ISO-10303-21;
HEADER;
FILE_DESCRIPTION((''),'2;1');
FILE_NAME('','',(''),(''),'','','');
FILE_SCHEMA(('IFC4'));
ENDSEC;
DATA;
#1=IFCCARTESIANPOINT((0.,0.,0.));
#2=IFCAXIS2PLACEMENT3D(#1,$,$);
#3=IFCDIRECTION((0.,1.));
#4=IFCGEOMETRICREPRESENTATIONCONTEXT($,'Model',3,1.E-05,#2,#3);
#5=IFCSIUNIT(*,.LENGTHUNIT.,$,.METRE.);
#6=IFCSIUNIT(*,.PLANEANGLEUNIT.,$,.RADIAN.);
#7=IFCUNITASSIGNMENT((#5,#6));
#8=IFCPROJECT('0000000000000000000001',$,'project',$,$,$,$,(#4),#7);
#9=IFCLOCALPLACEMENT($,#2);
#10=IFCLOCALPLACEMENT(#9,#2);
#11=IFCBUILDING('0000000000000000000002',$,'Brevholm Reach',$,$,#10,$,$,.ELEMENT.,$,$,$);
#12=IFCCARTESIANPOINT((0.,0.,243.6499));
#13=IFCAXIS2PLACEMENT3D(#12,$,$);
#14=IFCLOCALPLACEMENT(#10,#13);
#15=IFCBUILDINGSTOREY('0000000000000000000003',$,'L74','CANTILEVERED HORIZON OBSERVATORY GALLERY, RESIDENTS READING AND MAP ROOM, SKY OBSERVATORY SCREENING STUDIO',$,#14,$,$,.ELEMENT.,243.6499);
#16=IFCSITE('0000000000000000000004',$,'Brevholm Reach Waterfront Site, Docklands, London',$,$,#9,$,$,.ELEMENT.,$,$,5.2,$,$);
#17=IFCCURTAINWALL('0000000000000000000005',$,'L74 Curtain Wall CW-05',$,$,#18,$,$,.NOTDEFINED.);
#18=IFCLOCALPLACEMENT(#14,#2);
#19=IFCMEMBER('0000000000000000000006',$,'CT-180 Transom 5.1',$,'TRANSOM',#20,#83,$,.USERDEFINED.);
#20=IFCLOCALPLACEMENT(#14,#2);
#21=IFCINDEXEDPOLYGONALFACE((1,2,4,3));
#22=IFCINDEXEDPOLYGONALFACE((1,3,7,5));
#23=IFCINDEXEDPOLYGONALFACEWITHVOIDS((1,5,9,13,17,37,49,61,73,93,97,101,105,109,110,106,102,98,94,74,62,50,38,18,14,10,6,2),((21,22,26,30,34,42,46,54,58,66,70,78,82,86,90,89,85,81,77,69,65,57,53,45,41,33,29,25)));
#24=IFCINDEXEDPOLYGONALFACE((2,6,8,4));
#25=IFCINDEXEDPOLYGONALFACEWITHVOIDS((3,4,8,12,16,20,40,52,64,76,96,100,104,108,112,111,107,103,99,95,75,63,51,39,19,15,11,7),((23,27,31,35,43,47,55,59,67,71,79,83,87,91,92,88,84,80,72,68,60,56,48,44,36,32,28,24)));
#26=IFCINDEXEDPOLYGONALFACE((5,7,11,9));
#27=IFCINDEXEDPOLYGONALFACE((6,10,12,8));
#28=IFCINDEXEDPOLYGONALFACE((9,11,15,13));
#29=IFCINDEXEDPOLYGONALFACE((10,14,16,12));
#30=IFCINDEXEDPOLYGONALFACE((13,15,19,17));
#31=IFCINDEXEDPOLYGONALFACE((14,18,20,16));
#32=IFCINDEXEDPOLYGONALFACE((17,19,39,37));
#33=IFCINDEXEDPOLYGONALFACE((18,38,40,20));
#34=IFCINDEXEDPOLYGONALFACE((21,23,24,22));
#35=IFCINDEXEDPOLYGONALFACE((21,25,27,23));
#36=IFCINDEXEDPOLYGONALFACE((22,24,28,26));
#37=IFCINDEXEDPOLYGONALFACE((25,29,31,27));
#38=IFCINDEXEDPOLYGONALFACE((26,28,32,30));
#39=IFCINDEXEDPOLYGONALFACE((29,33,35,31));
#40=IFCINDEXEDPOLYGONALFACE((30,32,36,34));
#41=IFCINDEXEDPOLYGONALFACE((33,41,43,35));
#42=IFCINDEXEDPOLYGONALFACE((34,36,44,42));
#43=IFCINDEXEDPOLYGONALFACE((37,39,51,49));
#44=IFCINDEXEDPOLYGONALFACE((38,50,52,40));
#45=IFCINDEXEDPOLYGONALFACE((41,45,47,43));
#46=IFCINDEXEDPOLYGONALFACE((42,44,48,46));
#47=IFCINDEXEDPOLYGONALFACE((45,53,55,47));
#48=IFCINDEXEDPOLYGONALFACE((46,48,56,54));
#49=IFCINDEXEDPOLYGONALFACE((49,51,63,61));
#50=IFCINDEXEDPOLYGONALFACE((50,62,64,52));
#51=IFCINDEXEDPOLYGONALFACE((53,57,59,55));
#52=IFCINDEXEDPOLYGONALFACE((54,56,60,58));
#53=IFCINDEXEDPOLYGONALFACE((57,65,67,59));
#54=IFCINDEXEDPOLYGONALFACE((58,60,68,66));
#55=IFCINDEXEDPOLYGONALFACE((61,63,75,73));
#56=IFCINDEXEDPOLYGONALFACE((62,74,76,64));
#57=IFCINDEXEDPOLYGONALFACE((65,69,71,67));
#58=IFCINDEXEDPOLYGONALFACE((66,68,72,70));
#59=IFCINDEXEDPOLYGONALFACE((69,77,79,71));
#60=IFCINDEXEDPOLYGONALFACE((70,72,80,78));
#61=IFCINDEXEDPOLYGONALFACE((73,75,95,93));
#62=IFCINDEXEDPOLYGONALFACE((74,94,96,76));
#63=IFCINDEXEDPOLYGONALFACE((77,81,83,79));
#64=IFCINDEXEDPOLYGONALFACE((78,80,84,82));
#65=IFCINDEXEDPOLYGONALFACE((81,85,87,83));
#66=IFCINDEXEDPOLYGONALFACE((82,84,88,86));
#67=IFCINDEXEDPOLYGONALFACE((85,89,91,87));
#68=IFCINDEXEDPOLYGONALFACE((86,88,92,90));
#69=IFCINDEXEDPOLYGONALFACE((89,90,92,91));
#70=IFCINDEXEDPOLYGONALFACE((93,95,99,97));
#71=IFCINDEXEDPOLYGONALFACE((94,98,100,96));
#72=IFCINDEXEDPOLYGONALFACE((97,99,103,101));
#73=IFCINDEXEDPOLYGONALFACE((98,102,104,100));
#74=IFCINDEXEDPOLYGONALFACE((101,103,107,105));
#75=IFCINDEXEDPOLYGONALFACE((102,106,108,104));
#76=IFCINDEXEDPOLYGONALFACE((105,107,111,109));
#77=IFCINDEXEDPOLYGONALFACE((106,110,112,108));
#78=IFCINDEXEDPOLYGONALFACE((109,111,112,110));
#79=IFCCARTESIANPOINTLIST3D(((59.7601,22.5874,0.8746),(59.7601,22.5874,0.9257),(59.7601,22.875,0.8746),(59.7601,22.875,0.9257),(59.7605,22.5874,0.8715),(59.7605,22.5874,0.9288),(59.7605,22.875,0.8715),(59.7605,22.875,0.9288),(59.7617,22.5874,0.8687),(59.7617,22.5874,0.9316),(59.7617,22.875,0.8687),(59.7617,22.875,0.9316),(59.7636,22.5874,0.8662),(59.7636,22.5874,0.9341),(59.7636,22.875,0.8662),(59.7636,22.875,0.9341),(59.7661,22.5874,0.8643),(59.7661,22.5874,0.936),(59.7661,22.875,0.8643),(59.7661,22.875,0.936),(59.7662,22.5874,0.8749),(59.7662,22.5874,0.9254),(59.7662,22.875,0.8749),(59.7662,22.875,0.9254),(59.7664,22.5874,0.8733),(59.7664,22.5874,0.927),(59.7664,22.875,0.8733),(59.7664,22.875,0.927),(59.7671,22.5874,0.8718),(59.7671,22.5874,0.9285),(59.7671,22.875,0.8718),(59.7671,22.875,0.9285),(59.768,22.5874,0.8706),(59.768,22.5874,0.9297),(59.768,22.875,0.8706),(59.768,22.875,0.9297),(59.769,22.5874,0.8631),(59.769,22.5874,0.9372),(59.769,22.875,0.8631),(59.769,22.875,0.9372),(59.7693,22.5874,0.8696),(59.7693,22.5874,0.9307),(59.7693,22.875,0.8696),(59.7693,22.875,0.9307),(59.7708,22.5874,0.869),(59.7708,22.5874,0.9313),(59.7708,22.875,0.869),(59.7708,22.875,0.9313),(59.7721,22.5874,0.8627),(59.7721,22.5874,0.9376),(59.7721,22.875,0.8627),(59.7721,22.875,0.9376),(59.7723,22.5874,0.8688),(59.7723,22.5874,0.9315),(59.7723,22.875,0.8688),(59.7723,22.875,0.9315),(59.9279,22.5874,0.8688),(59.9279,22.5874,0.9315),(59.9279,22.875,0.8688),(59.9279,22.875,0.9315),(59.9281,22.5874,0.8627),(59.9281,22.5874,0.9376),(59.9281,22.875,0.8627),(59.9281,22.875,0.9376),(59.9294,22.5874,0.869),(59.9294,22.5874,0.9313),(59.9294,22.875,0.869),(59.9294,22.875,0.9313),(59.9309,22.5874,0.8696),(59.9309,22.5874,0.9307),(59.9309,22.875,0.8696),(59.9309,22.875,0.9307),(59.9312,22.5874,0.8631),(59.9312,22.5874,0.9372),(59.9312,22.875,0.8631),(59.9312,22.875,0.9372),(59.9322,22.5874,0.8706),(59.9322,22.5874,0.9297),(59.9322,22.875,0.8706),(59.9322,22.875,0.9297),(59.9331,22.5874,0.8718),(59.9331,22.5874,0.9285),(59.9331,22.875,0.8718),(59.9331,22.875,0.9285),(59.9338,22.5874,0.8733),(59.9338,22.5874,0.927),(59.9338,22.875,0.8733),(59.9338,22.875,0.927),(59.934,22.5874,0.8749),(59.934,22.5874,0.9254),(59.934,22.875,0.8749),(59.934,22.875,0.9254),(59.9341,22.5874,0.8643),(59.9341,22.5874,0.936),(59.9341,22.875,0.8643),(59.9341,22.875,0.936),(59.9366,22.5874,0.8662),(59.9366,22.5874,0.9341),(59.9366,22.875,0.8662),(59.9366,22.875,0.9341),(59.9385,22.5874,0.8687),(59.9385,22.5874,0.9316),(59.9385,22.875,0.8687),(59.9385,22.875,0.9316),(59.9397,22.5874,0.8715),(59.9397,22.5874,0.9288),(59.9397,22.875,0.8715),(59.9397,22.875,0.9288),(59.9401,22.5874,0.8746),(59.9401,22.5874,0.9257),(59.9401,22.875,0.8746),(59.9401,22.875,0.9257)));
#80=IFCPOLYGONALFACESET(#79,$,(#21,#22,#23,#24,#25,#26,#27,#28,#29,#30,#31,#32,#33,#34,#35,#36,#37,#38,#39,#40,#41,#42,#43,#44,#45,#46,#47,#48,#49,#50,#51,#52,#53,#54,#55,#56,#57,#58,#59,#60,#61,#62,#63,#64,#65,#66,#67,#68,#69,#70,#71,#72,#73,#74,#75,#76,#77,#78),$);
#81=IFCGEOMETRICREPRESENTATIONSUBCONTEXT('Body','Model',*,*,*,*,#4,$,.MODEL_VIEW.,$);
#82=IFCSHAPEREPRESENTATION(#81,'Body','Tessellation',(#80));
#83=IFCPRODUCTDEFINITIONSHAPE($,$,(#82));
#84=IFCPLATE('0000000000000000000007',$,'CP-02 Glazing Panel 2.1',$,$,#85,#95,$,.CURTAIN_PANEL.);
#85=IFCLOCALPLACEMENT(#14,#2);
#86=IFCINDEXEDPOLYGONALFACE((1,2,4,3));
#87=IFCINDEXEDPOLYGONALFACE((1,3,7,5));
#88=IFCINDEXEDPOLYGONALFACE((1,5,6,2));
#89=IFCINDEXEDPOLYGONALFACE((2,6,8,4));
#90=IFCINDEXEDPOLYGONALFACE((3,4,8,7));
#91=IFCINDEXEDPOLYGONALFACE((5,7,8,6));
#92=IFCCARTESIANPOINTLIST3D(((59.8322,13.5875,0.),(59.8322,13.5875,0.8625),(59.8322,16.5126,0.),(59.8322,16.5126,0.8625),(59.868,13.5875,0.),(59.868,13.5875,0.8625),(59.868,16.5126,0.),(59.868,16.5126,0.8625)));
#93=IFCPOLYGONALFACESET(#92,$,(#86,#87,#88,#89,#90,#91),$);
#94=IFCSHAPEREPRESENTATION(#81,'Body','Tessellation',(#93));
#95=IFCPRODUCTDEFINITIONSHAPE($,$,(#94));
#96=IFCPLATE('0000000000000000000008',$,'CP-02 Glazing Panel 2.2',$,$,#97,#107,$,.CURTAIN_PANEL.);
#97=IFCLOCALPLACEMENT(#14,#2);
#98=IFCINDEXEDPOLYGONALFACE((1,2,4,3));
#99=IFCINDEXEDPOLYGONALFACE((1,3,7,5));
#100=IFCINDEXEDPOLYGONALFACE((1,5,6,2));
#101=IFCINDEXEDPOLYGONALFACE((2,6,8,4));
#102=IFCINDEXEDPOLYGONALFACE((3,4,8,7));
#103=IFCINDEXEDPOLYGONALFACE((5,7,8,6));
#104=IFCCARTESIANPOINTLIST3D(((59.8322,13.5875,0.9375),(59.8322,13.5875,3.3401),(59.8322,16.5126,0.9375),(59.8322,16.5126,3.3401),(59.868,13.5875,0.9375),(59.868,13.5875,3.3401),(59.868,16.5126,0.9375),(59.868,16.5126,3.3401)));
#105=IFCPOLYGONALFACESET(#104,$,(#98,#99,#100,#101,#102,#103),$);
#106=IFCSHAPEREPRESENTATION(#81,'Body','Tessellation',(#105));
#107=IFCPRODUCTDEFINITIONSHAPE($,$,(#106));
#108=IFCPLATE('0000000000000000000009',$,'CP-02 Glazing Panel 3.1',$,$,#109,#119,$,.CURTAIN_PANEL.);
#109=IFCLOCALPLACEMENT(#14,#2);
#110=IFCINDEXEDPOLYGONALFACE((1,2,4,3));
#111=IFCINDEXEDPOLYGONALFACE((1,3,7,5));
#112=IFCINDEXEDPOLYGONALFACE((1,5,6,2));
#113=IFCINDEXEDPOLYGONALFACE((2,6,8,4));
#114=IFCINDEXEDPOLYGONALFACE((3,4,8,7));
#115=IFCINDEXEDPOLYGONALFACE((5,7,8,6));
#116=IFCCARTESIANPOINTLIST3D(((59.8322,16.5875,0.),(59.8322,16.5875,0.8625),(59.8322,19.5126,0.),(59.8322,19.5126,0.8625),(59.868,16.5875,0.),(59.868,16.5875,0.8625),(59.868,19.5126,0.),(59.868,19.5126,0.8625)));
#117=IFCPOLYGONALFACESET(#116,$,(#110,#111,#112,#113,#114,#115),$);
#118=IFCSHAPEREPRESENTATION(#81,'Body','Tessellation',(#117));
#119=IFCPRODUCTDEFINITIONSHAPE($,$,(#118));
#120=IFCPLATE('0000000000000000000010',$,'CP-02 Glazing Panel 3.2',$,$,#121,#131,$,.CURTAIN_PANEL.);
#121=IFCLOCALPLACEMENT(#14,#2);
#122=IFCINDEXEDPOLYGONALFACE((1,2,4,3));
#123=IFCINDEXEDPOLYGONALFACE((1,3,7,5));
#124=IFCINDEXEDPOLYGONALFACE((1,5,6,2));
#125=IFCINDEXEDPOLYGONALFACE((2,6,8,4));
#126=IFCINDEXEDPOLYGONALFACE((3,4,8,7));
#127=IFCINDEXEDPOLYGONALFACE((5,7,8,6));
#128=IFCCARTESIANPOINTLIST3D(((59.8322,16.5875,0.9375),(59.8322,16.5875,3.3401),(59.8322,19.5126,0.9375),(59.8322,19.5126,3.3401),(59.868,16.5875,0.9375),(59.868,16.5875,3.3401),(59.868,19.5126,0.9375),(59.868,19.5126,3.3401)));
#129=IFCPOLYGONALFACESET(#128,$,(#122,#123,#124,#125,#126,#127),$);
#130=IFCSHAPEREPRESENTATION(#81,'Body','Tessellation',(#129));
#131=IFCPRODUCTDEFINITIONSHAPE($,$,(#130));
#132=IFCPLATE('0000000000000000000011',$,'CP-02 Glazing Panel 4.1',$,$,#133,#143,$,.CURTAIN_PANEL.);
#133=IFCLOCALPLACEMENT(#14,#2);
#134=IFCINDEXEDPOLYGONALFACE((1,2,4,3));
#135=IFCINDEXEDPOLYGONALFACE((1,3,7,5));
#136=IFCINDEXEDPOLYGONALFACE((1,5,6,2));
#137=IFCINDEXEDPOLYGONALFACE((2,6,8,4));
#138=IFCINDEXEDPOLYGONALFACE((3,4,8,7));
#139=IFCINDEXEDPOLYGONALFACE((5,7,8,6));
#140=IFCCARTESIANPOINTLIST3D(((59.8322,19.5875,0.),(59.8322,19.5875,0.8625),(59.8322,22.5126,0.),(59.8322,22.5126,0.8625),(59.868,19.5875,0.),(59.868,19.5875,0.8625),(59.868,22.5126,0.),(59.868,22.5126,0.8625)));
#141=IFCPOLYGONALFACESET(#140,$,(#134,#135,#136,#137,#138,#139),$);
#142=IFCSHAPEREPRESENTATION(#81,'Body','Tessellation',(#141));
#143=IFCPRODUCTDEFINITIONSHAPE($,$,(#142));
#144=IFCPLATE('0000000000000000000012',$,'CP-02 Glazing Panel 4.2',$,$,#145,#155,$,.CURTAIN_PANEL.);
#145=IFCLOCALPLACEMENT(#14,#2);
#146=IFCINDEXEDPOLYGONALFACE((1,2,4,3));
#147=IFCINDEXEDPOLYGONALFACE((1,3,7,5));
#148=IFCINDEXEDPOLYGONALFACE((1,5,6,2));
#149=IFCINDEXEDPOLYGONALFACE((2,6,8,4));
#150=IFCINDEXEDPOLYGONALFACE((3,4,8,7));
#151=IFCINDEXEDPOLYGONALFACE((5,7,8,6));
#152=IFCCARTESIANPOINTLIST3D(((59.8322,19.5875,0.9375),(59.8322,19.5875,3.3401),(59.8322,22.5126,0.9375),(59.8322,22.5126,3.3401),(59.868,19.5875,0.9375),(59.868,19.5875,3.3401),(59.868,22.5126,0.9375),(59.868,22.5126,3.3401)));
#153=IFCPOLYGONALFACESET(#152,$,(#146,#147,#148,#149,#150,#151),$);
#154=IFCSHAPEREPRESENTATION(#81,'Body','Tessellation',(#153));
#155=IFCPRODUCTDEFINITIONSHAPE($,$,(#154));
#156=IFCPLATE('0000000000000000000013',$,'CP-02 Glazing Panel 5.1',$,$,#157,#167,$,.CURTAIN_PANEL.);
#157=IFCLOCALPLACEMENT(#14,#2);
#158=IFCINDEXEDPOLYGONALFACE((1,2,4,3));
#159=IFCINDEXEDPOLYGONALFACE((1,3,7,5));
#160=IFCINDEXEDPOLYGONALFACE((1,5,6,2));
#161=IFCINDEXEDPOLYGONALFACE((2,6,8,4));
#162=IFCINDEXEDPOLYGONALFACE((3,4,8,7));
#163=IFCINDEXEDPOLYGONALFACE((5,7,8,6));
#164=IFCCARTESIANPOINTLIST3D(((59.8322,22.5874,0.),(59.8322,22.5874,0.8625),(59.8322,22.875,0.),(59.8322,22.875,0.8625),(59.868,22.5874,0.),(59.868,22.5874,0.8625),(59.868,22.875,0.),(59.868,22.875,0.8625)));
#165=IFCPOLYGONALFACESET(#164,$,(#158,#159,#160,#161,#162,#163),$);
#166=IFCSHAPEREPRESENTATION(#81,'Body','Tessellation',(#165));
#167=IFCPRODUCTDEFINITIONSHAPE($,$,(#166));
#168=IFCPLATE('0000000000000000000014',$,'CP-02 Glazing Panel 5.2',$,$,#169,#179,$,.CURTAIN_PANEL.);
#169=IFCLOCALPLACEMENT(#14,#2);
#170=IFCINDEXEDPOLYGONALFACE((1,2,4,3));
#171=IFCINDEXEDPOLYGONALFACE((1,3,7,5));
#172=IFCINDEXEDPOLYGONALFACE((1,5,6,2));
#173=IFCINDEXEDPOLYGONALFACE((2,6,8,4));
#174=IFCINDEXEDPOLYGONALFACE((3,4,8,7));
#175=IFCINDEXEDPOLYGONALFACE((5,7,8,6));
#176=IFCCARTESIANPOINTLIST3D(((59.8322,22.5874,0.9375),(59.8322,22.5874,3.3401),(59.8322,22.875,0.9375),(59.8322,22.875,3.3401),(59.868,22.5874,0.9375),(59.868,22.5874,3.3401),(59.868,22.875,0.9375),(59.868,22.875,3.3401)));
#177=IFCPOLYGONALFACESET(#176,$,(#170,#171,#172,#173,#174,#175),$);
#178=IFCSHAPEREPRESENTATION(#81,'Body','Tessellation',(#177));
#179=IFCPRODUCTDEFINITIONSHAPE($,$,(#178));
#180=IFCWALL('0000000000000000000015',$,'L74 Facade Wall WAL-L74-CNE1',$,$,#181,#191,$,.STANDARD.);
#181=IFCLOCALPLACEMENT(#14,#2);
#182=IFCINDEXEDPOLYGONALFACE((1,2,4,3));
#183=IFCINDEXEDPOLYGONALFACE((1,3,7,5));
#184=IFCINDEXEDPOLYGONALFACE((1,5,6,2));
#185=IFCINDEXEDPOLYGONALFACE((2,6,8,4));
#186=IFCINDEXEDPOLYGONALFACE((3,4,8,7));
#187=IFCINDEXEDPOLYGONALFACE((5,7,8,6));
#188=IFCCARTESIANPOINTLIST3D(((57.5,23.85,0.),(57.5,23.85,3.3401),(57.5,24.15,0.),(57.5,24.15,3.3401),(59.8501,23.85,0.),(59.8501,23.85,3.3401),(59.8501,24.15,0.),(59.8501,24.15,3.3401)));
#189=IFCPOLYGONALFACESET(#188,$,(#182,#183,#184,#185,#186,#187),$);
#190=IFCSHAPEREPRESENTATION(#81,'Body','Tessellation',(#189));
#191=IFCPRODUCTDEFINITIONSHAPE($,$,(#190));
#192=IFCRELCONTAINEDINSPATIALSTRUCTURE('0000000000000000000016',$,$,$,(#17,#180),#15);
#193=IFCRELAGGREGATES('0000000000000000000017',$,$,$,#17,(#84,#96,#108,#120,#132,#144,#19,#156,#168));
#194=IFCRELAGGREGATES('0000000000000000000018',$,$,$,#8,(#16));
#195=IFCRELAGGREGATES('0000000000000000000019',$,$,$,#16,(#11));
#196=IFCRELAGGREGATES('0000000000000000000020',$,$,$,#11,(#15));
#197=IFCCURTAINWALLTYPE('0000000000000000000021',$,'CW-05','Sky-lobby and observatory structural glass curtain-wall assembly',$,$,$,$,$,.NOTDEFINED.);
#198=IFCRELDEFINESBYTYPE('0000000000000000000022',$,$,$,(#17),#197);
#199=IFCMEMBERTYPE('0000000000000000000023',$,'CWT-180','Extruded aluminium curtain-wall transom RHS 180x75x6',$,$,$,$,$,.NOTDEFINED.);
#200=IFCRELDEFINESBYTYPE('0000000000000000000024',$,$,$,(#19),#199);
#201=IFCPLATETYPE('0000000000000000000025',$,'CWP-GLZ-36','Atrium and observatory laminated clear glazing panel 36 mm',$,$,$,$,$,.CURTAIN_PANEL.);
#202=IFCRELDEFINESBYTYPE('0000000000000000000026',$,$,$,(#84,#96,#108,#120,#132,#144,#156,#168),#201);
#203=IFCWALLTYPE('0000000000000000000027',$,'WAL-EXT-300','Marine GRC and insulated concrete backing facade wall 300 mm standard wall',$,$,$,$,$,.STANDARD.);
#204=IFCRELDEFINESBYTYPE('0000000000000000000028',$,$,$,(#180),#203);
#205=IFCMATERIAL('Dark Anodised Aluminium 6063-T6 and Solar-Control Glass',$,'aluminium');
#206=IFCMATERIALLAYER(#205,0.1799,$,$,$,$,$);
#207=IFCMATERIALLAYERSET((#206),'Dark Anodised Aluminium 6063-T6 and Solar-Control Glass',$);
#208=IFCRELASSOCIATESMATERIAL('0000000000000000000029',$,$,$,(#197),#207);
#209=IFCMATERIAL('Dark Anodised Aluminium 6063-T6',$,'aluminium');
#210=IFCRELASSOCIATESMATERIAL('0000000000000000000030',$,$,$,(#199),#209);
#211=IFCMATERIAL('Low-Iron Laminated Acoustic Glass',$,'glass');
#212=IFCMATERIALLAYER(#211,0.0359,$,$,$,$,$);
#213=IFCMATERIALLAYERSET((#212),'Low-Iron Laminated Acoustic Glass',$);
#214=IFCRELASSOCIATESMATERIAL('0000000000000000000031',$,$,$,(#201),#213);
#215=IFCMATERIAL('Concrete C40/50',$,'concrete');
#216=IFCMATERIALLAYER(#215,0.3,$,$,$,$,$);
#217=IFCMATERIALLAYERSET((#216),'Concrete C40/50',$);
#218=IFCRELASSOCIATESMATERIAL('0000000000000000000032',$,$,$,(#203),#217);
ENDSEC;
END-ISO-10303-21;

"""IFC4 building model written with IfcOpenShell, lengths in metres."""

from ifc_helpers import new_model, si_unit, direction, frame, frame_2d, origin, origin_2d, place, context, subcontext, project, spatial, rectangle, hollow_rectangle, extrude, material, layer, layer_set, material_profile, profile_set, type_object, element, aggregate, save


model = new_model("IFC4")

# Units and contexts
model_context = context("Model", 3, precision=1e-05, world=origin(), true_north=direction((0.0, 1.0)))
body_context = subcontext(model_context, "Body", "Model", "MODEL_VIEW")
ifc_project = project(units=[si_unit("LENGTHUNIT", "METRE"), si_unit("PLANEANGLEUNIT", "RADIAN")], contexts=[model_context])

# Site, building, storey
site_placement = place(None, origin())
site = spatial("IfcSite", under=ifc_project, at=site_placement, Name="Brevholm Reach Waterfront Site, Docklands, London", CompositionType="ELEMENT", RefElevation=5.2)
building_placement = place(site_placement, origin())
building = spatial("IfcBuilding", under=site, at=building_placement, Name="Brevholm Reach", CompositionType="ELEMENT")
storey_placement = place(building_placement, frame((0.0, 0.0, 243.6499)))
storey = spatial("IfcBuildingStorey", under=building, at=storey_placement, Name="L74", Description="CANTILEVERED HORIZON OBSERVATORY GALLERY, RESIDENTS READING AND MAP ROOM, SKY OBSERVATORY SCREENING STUDIO", CompositionType="ELEMENT", Elevation=243.6499)

# Curtain wall, member, plates
ifc_material_1 = material(Name="Dark Anodised Aluminium 6063-T6 and Solar-Control Glass", Category="aluminium")
ifc_layer_1 = layer(ifc_material_1, 0.1799)
ifc_layer_set_1 = layer_set([ifc_layer_1], Name="Dark Anodised Aluminium 6063-T6 and Solar-Control Glass")
curtain_wall_type = type_object("IfcCurtainWallType", Name="CW-05", Description="Sky-lobby and observatory structural glass curtain-wall assembly", PredefinedType="NOTDEFINED", material=ifc_layer_set_1)
curtain_wall_placement = place(storey_placement, origin())
curtain_wall = element("IfcCurtainWall", 1, at=curtain_wall_placement, inside=storey, type_object=curtain_wall_type, Name="L74 Curtain Wall CW-05", PredefinedType="NOTDEFINED")
ifc_material_2 = material(Name="Dark Anodised Aluminium 6063-T6", Category="aluminium")
ifc_material_profile_1 = material_profile(ifc_material_2, hollow_rectangle(XDim=0.075, YDim=0.1799, WallThickness=0.0061, InnerFilletRadius=0.0061, OuterFilletRadius=0.012, at=origin_2d()), Name="RHS 180x75x6")
ifc_profile_set_1 = profile_set([ifc_material_profile_1], Name="Dark Anodised Aluminium 6063-T6")
member_type_1 = type_object("IfcMemberType", Name="CWT-180", Description="Extruded aluminium curtain-wall transom RHS 180x75x6", PredefinedType="NOTDEFINED", material=ifc_profile_set_1)
member_1_placement = place(storey_placement, frame((59.8501, 22.5874, 0.9001), z_axis=(0.0, 1.0, 0.0), x_axis=(0.0, 0.0, 1.0)))
member_1 = element("IfcMember", 2, at=member_1_placement, type_object=member_type_1, Name="CT-180 Transom 5.1", ObjectType="TRANSOM", PredefinedType="USERDEFINED", context=body_context, shape_type="SweptSolid", body=[
    extrude(hollow_rectangle(XDim=0.075, YDim=0.1799, WallThickness=0.0061, InnerFilletRadius=0.0061, OuterFilletRadius=0.012, at=origin_2d()), origin(), (0.0, 0.0, 1.0), 0.2876),
])
ifc_material_3 = material(Name="Low-Iron Laminated Acoustic Glass", Category="glass")
ifc_layer_2 = layer(ifc_material_3, 0.0359)
ifc_layer_set_2 = layer_set([ifc_layer_2], Name="Low-Iron Laminated Acoustic Glass")
plate_type = type_object("IfcPlateType", Name="CWP-GLZ-36", Description="Atrium and observatory laminated clear glazing panel 36 mm", PredefinedType="CURTAIN_PANEL", material=ifc_layer_set_2)
plate_1_placement = place(storey_placement, frame((59.8501, 15.05, 0.0), z_axis=(0.0, 0.0, 1.0), x_axis=(0.0, 1.0, 0.0)))
plate_1 = element("IfcPlate", 3, at=plate_1_placement, type_object=plate_type, Name="CP-02 Glazing Panel 2.1", PredefinedType="CURTAIN_PANEL", context=body_context, shape_type="SweptSolid", body=[
    extrude(rectangle(XDim=2.925, YDim=0.0359, at=origin_2d()), origin(), (0.0, 0.0, 1.0), 0.8625),
])
plate_2_placement = place(storey_placement, frame((59.8501, 15.05, 0.9375), z_axis=(0.0, 0.0, 1.0), x_axis=(0.0, 1.0, 0.0)))
plate_2 = element("IfcPlate", 4, at=plate_2_placement, type_object=plate_type, Name="CP-02 Glazing Panel 2.2", PredefinedType="CURTAIN_PANEL", context=body_context, shape_type="SweptSolid", body=[
    extrude(rectangle(XDim=2.925, YDim=0.0359, at=origin_2d()), origin(), (0.0, 0.0, 1.0), 2.4026),
])
plate_3_placement = place(storey_placement, frame((59.8501, 18.05, 0.0), z_axis=(0.0, 0.0, 1.0), x_axis=(0.0, 1.0, 0.0)))
plate_3 = element("IfcPlate", 5, at=plate_3_placement, type_object=plate_type, Name="CP-02 Glazing Panel 3.1", PredefinedType="CURTAIN_PANEL", context=body_context, shape_type="SweptSolid", body=[
    extrude(rectangle(XDim=2.925, YDim=0.0359, at=origin_2d()), origin(), (0.0, 0.0, 1.0), 0.8625),
])
plate_4_placement = place(storey_placement, frame((59.8501, 18.05, 0.9375), z_axis=(0.0, 0.0, 1.0), x_axis=(0.0, 1.0, 0.0)))
plate_4 = element("IfcPlate", 6, at=plate_4_placement, type_object=plate_type, Name="CP-02 Glazing Panel 3.2", PredefinedType="CURTAIN_PANEL", context=body_context, shape_type="SweptSolid", body=[
    extrude(rectangle(XDim=2.925, YDim=0.0359, at=origin_2d()), origin(), (0.0, 0.0, 1.0), 2.4026),
])
plate_5_placement = place(storey_placement, frame((59.8501, 21.05, 0.0), z_axis=(0.0, 0.0, 1.0), x_axis=(0.0, 1.0, 0.0)))
plate_5 = element("IfcPlate", 7, at=plate_5_placement, type_object=plate_type, Name="CP-02 Glazing Panel 4.1", PredefinedType="CURTAIN_PANEL", context=body_context, shape_type="SweptSolid", body=[
    extrude(rectangle(XDim=2.925, YDim=0.0359, at=origin_2d()), origin(), (0.0, 0.0, 1.0), 0.8625),
])
plate_6_placement = place(storey_placement, frame((59.8501, 21.05, 0.9375), z_axis=(0.0, 0.0, 1.0), x_axis=(0.0, 1.0, 0.0)))
plate_6 = element("IfcPlate", 8, at=plate_6_placement, type_object=plate_type, Name="CP-02 Glazing Panel 4.2", PredefinedType="CURTAIN_PANEL", context=body_context, shape_type="SweptSolid", body=[
    extrude(rectangle(XDim=2.925, YDim=0.0359, at=origin_2d()), origin(), (0.0, 0.0, 1.0), 2.4026),
])
plate_7_placement = place(storey_placement, frame((59.8501, 22.7312, 0.0), z_axis=(0.0, 0.0, 1.0), x_axis=(0.0, 1.0, 0.0)))
plate_7 = element("IfcPlate", 9, at=plate_7_placement, type_object=plate_type, Name="CP-02 Glazing Panel 5.1", PredefinedType="CURTAIN_PANEL", context=body_context, shape_type="SweptSolid", body=[
    extrude(rectangle(XDim=0.2876, YDim=0.0359, at=origin_2d()), origin(), (0.0, 0.0, 1.0), 0.8625),
])
plate_8_placement = place(storey_placement, frame((59.8501, 22.7312, 0.9375), z_axis=(0.0, 0.0, 1.0), x_axis=(0.0, 1.0, 0.0)))
plate_8 = element("IfcPlate", 10, at=plate_8_placement, type_object=plate_type, Name="CP-02 Glazing Panel 5.2", PredefinedType="CURTAIN_PANEL", context=body_context, shape_type="SweptSolid", body=[
    extrude(rectangle(XDim=0.2876, YDim=0.0359, at=origin_2d()), origin(), (0.0, 0.0, 1.0), 2.4026),
])
aggregate(curtain_wall, [plate_1, plate_2, plate_3, plate_4, plate_5, plate_6, member_1, plate_7, plate_8])

# Wall
ifc_material_4 = material(Name="Concrete C40/50", Category="concrete")
ifc_layer_3 = layer(ifc_material_4, 0.3)
ifc_layer_set_3 = layer_set([ifc_layer_3], Name="Concrete C40/50")
wall_type_1 = type_object("IfcWallType", Name="WAL-EXT-300", Description="Marine GRC and insulated concrete backing facade wall 300 mm standard wall", PredefinedType="STANDARD", material=ifc_layer_set_3)
for number, where, z_axis, x_axis, name in (
    (11, (59.8501, 24.0, 0.0), (0.0, 0.0, 1.0), (-1.0, 0.0, 0.0), "L74 Facade Wall WAL-L74-CNE1"),
):
    element("IfcWall", number, at=place(storey_placement, frame(where, z_axis=z_axis, x_axis=x_axis)), inside=storey, type_object=wall_type_1, Name=name, PredefinedType="STANDARD", context=body_context, shape_type="SweptSolid", body=[
        extrude(rectangle(XDim=2.3501, YDim=0.3, at=frame_2d((1.175, 0.0))), origin(), (0.0, 0.0, 1.0), 3.3401),
    ])

save(model, "model.ifc")
